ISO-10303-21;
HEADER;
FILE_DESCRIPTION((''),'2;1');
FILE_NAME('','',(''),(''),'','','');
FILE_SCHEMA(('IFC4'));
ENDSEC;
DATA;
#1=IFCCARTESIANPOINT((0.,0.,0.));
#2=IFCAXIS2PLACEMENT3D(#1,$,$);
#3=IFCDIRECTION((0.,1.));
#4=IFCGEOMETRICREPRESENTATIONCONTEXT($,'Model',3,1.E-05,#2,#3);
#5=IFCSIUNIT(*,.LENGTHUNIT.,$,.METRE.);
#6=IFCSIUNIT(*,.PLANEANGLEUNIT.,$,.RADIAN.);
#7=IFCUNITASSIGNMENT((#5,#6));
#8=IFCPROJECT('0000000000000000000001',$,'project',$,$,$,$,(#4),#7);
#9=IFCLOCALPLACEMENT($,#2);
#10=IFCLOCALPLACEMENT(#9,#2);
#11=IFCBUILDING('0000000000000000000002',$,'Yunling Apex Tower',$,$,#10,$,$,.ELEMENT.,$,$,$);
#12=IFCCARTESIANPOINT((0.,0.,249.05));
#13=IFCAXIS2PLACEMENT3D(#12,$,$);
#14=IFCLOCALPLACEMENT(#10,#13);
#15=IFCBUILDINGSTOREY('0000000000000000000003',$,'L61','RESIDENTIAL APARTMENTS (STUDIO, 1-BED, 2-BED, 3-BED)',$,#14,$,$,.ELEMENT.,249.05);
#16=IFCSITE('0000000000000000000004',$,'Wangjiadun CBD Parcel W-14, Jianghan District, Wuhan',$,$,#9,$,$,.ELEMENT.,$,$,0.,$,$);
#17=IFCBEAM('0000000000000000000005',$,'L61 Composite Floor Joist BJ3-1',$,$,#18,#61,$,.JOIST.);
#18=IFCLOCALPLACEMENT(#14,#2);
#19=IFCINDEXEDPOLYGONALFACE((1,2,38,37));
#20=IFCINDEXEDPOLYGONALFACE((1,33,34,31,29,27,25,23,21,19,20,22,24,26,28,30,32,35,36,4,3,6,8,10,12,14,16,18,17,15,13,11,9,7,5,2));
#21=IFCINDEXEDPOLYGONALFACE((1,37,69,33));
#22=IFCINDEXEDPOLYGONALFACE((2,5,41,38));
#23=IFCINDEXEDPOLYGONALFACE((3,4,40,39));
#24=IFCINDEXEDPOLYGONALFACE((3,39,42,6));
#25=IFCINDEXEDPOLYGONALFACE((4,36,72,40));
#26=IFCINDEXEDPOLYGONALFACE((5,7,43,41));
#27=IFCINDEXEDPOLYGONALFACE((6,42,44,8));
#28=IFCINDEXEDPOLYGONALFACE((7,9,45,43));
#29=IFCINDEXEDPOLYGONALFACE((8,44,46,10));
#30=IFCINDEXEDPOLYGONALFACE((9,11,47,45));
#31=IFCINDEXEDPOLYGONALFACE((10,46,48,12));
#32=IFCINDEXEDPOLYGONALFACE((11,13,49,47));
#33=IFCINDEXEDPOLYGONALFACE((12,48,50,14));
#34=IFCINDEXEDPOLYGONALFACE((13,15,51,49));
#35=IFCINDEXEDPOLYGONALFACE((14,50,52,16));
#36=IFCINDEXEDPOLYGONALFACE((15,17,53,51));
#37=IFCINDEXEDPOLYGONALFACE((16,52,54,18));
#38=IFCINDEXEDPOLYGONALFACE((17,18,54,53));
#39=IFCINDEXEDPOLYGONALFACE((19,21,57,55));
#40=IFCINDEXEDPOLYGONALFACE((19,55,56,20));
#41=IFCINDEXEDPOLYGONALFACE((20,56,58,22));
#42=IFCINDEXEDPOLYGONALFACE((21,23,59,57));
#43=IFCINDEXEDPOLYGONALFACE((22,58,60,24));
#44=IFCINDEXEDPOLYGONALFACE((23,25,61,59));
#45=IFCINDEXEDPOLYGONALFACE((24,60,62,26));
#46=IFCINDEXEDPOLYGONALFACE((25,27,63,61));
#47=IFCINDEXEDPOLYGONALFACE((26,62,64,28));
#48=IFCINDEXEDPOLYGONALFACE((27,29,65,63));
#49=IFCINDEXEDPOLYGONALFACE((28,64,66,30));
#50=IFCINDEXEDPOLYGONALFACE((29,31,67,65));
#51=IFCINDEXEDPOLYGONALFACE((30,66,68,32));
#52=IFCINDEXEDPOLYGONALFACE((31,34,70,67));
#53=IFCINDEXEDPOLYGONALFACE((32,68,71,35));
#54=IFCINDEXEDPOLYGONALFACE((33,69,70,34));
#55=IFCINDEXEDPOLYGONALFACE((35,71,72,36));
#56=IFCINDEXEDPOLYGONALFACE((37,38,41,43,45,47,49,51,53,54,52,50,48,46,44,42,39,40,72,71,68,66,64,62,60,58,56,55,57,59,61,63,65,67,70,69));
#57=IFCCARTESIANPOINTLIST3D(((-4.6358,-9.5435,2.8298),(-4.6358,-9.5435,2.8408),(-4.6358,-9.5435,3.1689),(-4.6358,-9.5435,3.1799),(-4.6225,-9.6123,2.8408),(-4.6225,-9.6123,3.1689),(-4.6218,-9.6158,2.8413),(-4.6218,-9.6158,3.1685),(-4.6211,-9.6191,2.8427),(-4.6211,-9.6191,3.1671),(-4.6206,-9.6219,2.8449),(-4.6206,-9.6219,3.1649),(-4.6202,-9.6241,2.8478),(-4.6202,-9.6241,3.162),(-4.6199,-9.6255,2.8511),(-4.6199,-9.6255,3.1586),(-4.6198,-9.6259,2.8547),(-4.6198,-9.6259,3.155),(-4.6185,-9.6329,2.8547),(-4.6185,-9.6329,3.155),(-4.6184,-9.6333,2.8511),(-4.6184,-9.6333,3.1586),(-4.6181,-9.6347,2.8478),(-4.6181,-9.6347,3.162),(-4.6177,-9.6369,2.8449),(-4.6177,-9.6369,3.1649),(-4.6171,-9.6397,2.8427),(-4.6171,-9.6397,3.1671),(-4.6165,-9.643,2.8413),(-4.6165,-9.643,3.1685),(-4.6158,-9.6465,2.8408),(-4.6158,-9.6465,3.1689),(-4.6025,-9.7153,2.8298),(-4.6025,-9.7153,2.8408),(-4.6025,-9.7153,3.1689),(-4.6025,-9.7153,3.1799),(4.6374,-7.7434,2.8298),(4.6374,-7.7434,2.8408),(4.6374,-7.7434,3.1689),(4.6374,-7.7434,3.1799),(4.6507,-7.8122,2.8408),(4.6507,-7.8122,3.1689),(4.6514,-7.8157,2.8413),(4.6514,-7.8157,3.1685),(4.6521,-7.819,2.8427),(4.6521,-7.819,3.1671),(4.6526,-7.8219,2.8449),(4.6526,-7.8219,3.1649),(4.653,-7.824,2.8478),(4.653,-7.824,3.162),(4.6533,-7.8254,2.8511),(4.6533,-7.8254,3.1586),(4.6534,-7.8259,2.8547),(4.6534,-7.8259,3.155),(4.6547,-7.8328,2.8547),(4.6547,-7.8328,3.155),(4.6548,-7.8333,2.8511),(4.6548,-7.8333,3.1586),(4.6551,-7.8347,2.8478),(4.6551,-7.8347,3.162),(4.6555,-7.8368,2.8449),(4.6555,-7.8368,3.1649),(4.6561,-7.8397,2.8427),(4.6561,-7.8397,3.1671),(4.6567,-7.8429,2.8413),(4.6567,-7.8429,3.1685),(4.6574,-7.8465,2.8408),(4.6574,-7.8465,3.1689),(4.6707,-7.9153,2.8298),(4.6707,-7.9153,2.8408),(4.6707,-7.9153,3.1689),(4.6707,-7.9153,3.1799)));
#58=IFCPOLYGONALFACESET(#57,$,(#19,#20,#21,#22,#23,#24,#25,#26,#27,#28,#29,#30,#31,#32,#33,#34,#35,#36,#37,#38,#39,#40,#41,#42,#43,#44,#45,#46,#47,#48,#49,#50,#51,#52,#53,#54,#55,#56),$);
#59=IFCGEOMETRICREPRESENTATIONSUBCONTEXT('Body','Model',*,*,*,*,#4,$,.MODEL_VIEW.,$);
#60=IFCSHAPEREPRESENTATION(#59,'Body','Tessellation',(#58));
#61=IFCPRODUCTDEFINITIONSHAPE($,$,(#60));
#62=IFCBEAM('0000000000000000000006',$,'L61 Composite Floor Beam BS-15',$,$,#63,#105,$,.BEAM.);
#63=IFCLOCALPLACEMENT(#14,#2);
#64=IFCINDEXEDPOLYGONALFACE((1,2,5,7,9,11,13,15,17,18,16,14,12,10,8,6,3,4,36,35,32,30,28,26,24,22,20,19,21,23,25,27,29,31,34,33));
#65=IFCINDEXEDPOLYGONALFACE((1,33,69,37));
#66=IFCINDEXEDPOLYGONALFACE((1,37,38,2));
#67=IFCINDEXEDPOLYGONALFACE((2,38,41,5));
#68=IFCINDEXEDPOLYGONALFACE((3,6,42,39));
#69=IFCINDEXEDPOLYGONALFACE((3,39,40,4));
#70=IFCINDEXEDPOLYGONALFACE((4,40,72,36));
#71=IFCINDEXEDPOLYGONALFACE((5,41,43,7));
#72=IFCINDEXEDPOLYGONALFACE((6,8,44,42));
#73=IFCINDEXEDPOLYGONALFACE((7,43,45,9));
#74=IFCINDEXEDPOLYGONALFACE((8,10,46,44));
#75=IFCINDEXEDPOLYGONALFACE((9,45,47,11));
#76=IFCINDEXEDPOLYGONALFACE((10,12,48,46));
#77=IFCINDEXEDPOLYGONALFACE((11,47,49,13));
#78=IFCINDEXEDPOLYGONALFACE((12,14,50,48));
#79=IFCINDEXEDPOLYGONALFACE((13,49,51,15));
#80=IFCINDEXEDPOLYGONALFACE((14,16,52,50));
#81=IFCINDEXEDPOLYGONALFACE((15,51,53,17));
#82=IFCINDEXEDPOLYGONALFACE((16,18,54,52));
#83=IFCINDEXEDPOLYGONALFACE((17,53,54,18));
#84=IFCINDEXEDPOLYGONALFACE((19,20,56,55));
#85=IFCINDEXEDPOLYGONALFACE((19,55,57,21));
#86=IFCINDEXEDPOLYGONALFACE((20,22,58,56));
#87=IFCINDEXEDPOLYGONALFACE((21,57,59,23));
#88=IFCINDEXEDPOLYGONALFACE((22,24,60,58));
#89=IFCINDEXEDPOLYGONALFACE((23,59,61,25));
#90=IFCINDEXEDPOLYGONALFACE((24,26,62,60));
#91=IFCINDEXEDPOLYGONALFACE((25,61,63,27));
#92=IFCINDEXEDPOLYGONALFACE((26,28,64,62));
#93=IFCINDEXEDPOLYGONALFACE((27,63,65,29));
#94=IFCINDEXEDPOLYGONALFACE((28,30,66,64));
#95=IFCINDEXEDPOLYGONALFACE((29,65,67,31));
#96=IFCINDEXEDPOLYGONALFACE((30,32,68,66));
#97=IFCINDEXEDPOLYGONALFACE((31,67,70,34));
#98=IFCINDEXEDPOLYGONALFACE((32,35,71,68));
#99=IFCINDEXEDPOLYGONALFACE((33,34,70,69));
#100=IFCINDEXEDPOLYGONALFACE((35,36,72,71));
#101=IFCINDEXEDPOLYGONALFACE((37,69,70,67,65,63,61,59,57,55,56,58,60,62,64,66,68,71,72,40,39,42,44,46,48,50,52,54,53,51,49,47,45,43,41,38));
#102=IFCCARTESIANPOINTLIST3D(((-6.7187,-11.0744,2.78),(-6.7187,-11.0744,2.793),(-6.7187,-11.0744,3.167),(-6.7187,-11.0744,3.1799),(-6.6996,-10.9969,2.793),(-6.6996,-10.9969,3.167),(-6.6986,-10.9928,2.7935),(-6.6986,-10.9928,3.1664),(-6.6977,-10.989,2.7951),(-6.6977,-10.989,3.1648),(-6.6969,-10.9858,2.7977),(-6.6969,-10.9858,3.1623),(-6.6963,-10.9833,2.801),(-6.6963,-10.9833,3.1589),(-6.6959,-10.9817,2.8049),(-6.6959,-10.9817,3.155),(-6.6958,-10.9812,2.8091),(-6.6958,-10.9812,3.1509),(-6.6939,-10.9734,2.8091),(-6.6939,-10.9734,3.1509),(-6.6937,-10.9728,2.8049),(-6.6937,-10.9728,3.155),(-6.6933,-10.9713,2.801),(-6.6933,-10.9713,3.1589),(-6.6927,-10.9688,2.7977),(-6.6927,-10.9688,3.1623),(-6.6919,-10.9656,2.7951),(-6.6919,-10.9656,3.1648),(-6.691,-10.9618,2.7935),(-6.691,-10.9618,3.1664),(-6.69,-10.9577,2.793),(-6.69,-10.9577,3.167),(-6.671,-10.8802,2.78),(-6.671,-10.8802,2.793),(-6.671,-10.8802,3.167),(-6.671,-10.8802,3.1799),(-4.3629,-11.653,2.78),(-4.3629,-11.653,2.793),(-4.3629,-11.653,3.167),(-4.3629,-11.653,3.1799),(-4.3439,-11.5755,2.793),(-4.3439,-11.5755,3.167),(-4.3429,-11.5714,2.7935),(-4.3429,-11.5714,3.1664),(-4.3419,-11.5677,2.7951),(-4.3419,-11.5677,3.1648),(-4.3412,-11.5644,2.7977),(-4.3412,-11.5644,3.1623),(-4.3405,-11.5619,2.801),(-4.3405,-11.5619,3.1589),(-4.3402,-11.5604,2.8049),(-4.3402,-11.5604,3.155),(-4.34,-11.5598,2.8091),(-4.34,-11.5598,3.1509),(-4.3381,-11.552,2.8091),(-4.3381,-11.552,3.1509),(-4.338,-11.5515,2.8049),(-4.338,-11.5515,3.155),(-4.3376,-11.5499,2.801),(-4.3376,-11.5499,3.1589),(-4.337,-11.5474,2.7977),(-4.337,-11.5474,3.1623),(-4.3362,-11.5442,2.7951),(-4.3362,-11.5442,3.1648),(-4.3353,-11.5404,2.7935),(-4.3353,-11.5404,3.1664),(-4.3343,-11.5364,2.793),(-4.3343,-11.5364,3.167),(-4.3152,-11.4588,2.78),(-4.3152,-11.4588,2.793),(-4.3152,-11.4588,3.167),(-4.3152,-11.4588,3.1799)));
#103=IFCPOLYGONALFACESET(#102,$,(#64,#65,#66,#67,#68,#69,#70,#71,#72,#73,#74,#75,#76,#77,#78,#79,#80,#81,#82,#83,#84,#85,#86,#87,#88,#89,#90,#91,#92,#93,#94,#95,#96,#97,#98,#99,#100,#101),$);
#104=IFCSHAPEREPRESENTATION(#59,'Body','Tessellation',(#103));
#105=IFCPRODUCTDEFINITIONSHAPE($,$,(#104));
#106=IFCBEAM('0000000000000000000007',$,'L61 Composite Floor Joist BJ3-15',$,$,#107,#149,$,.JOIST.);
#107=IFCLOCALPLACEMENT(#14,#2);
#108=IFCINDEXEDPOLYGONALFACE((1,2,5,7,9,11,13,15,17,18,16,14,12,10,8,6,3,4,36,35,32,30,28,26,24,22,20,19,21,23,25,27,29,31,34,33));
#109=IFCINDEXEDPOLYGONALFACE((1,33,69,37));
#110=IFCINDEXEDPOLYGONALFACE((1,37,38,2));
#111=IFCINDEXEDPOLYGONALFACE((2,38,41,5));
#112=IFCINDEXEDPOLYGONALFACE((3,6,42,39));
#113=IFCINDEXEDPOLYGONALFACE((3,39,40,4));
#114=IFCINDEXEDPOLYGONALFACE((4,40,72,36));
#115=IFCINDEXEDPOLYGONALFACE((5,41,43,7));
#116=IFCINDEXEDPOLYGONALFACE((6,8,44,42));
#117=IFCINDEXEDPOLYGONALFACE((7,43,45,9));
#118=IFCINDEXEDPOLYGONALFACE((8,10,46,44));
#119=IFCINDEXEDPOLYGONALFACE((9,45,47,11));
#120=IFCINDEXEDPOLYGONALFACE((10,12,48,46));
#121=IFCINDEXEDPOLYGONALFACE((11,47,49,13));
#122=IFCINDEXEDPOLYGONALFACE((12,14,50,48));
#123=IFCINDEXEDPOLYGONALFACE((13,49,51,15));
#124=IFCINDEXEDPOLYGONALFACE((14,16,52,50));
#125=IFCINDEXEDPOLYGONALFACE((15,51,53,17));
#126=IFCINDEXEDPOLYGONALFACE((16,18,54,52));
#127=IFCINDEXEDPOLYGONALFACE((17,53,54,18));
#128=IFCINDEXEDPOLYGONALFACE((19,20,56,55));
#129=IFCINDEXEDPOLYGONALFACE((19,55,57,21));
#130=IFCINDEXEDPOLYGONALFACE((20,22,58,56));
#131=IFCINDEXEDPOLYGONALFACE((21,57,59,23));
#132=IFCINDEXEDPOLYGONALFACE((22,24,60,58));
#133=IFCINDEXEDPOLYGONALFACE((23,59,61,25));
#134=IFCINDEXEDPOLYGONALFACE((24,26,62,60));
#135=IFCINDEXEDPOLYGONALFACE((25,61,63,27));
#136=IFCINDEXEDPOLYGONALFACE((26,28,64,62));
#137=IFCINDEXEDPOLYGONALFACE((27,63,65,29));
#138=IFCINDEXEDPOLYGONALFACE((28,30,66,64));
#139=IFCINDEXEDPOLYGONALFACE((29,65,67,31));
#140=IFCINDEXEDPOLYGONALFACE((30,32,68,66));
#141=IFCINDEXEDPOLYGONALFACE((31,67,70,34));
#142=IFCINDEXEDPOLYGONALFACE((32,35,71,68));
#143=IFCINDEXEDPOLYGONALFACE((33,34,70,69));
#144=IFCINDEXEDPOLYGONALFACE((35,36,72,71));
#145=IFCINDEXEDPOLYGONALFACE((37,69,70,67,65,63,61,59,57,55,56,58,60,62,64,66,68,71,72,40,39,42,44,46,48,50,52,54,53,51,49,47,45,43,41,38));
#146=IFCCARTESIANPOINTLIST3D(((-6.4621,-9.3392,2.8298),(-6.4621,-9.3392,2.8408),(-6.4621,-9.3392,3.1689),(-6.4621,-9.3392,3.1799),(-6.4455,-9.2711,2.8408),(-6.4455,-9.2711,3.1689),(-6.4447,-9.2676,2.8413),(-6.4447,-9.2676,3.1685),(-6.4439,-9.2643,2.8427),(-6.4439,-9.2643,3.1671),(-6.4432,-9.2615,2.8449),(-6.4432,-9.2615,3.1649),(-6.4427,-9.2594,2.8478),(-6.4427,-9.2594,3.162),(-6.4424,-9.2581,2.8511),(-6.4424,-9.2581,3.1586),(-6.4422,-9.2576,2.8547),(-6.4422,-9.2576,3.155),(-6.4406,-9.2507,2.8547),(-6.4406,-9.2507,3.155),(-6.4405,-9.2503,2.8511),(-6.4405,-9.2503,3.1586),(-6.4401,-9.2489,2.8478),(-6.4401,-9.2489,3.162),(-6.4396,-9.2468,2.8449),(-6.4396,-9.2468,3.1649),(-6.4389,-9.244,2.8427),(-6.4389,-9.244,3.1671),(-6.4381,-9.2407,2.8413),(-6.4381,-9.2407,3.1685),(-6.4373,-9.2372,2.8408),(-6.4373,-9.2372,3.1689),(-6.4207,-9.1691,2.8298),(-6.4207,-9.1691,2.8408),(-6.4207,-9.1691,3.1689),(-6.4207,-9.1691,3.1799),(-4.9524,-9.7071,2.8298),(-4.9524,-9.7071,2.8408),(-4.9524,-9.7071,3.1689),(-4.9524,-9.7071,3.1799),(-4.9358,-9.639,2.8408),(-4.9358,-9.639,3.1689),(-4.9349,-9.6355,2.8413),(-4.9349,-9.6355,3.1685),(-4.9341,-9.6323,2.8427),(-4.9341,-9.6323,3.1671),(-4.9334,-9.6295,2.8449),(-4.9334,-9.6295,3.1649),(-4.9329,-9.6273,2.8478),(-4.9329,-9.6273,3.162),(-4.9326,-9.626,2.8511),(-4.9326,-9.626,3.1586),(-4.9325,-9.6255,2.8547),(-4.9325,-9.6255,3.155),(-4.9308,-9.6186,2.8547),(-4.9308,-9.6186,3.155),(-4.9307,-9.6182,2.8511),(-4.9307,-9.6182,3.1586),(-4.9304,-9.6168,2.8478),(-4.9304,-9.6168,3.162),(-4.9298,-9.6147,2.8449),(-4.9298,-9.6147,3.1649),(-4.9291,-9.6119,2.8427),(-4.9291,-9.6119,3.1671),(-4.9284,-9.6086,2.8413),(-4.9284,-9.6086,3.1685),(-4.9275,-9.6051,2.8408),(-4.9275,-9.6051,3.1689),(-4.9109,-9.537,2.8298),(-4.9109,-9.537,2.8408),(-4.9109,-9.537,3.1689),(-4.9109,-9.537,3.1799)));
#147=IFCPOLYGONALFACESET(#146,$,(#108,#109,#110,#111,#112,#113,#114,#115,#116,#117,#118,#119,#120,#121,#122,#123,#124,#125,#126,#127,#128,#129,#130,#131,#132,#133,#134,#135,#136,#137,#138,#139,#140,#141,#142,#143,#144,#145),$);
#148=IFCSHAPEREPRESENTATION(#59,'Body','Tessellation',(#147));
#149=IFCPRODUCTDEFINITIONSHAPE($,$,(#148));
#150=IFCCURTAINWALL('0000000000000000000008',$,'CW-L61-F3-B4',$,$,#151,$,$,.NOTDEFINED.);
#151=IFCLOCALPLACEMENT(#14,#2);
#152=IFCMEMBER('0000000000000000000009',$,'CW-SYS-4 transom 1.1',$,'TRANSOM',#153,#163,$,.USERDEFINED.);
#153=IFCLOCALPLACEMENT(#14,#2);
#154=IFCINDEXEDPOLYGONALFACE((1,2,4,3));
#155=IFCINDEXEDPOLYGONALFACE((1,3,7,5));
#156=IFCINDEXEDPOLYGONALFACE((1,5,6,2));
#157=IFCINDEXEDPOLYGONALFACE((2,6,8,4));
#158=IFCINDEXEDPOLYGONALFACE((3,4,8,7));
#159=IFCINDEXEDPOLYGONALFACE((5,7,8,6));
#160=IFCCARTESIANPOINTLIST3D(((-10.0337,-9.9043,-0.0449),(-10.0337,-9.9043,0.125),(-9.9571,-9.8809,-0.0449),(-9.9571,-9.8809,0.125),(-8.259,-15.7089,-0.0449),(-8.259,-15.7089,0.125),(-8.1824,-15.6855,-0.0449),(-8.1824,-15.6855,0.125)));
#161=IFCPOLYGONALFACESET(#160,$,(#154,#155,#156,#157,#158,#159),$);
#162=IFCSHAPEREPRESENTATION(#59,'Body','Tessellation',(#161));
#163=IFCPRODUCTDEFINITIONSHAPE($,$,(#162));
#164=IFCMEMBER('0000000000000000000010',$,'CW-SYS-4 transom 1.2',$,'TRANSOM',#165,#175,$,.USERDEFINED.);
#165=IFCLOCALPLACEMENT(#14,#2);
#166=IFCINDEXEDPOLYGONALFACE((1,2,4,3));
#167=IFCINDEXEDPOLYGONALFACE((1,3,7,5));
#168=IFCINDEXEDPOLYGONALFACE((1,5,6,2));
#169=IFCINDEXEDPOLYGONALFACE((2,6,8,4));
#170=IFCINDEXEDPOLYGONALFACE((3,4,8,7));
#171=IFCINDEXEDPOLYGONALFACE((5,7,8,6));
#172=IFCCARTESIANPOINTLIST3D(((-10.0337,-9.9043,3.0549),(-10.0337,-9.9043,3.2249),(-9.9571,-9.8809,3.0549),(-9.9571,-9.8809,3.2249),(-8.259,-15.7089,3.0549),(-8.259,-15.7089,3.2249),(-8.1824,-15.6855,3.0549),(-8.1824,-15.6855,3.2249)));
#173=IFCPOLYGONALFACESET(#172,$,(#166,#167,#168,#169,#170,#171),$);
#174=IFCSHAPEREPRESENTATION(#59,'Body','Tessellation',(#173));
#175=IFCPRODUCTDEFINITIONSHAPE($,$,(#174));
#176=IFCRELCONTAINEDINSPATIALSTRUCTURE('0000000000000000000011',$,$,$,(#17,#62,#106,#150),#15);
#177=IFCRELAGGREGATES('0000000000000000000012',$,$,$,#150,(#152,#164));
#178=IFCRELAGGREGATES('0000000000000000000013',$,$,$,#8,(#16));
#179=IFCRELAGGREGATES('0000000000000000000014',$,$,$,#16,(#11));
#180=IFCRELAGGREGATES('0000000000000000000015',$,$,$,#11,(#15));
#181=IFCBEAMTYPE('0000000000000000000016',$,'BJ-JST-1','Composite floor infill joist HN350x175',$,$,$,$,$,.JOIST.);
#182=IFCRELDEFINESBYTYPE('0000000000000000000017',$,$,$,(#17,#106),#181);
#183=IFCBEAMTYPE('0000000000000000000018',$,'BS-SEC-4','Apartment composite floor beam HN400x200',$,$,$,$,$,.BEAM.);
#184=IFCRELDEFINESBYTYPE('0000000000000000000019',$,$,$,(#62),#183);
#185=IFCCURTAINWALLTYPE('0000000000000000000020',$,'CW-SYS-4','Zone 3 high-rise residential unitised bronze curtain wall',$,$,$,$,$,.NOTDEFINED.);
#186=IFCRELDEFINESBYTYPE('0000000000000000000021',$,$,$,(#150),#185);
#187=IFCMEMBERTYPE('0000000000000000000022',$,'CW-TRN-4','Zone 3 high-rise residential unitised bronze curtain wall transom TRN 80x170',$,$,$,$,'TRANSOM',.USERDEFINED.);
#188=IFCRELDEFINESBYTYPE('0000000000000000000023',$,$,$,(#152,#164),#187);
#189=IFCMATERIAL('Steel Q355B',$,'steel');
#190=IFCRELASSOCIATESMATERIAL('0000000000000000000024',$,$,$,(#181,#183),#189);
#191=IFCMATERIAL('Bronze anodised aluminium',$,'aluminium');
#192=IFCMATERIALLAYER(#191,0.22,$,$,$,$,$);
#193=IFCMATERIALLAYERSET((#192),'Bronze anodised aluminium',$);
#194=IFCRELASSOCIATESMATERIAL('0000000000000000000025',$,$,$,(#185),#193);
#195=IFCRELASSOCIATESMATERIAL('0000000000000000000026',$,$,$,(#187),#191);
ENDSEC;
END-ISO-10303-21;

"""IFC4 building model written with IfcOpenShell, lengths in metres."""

from ifc_helpers import new_model, si_unit, direction, frame, origin, origin_2d, place, context, subcontext, project, spatial, rectangle, i_section, extrude, source, transform, mapped, material, layer, layer_set, material_profile, profile_set, type_object, element, aggregate, save


model = new_model("IFC4")

# Units and contexts
model_context = context("Model", 3, precision=1e-05, world=origin(), true_north=direction((0.0, 1.0)))
body_context = subcontext(model_context, "Body", "Model", "MODEL_VIEW")
ifc_project = project(units=[si_unit("LENGTHUNIT", "METRE"), si_unit("PLANEANGLEUNIT", "RADIAN")], contexts=[model_context])

# Site, building, storey
site_placement = place(None, origin())
site = spatial("IfcSite", under=ifc_project, at=site_placement, Name="Wangjiadun CBD Parcel W-14, Jianghan District, Wuhan", CompositionType="ELEMENT", RefElevation=0.0)
building_placement = place(site_placement, origin())
building = spatial("IfcBuilding", under=site, at=building_placement, Name="Yunling Apex Tower", CompositionType="ELEMENT")
storey_placement = place(building_placement, frame((0.0, 0.0, 249.05)))
storey = spatial("IfcBuildingStorey", under=building, at=storey_placement, Name="L61", Description="RESIDENTIAL APARTMENTS (STUDIO, 1-BED, 2-BED, 3-BED)", CompositionType="ELEMENT", Elevation=249.05)

# Beams
ifc_material_1 = material(Name="Steel Q355B", Category="steel")
ifc_material_profile_1 = material_profile(ifc_material_1, i_section(OverallWidth=0.175, OverallDepth=0.3501, WebThickness=0.0071, FlangeThickness=0.011, FilletRadius=0.0139, at=origin_2d()))
ifc_profile_set_1 = profile_set([ifc_material_profile_1], Name="Steel Q355B")
beam_type_1 = type_object("IfcBeamType", Name="BJ-JST-1", Description="Composite floor infill joist HN350x175", PredefinedType="JOIST", material=ifc_profile_set_1)
shared_shape_1 = source(origin(), body_context, "Body", "SweptSolid", [
    extrude(i_section(OverallWidth=0.175, OverallDepth=0.3501, WebThickness=0.0071, FlangeThickness=0.011, FilletRadius=0.0139, at=origin_2d()), origin(), (0.0, 0.0, 1.0), 9.4463),
])
beam_1_placement = place(storey_placement, frame((-4.6191, -9.6294, 3.0049), z_axis=(0.981676, 0.190556, 0.0), x_axis=(-0.190556, 0.981676, 0.0)))
element("IfcBeam", 1, at=beam_1_placement, inside=storey, type_object=beam_type_1, Name="L61 Composite Floor Joist BJ3-1", PredefinedType="JOIST", context=body_context, shape_type="MappedRepresentation", body=[
    mapped(shared_shape_1, transform((0.0, 0.0, 0.0), scale=1.0)),
])
ifc_material_profile_2 = material_profile(ifc_material_1, i_section(OverallWidth=0.2, OverallDepth=0.3999, WebThickness=0.0081, FlangeThickness=0.0129, FilletRadius=0.0161, at=origin_2d()))
ifc_profile_set_2 = profile_set([ifc_material_profile_2], Name="Steel Q355B")
beam_type_2 = type_object("IfcBeamType", Name="BS-SEC-4", Description="Apartment composite floor beam HN400x200", PredefinedType="BEAM", material=ifc_profile_set_2)
shared_shape_2 = source(origin(), body_context, "Body", "SweptSolid", [
    extrude(i_section(OverallWidth=0.2, OverallDepth=0.3999, WebThickness=0.0081, FlangeThickness=0.0129, FilletRadius=0.0161, at=origin_2d()), origin(), (0.0, 0.0, 1.0), 2.4258),
])
beam_2_placement = place(storey_placement, frame((-6.6948, -10.9773, 2.98), z_axis=(0.971135, -0.238531, 0.0), x_axis=(0.238531, 0.971135, 0.0)))
element("IfcBeam", 2, at=beam_2_placement, inside=storey, type_object=beam_type_2, Name="L61 Composite Floor Beam BS-15", PredefinedType="BEAM", context=body_context, shape_type="MappedRepresentation", body=[
    mapped(shared_shape_2, transform((0.0, 0.0, 0.0), scale=1.0)),
])
shared_shape_3 = source(origin(), body_context, "Body", "SweptSolid", [
    extrude(i_section(OverallWidth=0.175, OverallDepth=0.3501, WebThickness=0.0071, FlangeThickness=0.011, FilletRadius=0.0139, at=origin_2d()), origin(), (0.0, 0.0, 1.0), 1.554),
])
beam_3_placement = place(storey_placement, frame((-6.4414, -9.2542, 3.0049), z_axis=(0.971567, -0.236764, 0.0), x_axis=(0.236764, 0.971567, 0.0)))
element("IfcBeam", 3, at=beam_3_placement, inside=storey, type_object=beam_type_1, Name="L61 Composite Floor Joist BJ3-15", PredefinedType="JOIST", context=body_context, shape_type="MappedRepresentation", body=[
    mapped(shared_shape_3, transform((0.0, 0.0, 0.0), scale=1.0)),
])

# Curtain wall, members
ifc_material_2 = material(Name="Bronze anodised aluminium", Category="aluminium")
ifc_layer_1 = layer(ifc_material_2, 0.22)
ifc_layer_set_1 = layer_set([ifc_layer_1], Name="Bronze anodised aluminium")
curtain_wall_type = type_object("IfcCurtainWallType", Name="CW-SYS-4", Description="Zone 3 high-rise residential unitised bronze curtain wall", PredefinedType="NOTDEFINED", material=ifc_layer_set_1)
curtain_wall_1_placement = place(storey_placement, origin())
curtain_wall_1 = element("IfcCurtainWall", 4, at=curtain_wall_1_placement, inside=storey, type_object=curtain_wall_type, Name="CW-L61-F3-B4", PredefinedType="NOTDEFINED")
ifc_material_profile_3 = material_profile(ifc_material_2, rectangle(XDim=0.0801, YDim=0.1699, at=origin_2d()))
ifc_profile_set_3 = profile_set([ifc_material_profile_3], Name="Bronze anodised aluminium")
member_type_1 = type_object("IfcMemberType", Name="CW-TRN-4", Description="Zone 3 high-rise residential unitised bronze curtain wall transom TRN 80x170", ElementType="TRANSOM", PredefinedType="USERDEFINED", material=ifc_profile_set_3)
shared_shape_4 = source(origin(), body_context, "Body", "SweptSolid", [
    extrude(rectangle(XDim=0.0801, YDim=0.1699, at=origin_2d()), origin(), (0.0, 0.0, 1.0), 6.0698),
])
member_1_placement = place(storey_placement, frame((-9.9954, -9.8926, 0.04), z_axis=(0.29237, -0.956305, 0.0), x_axis=(0.956305, 0.29237, 0.0)))
member_1 = element("IfcMember", 5, at=member_1_placement, type_object=member_type_1, Name="CW-SYS-4 transom 1.1", ObjectType="TRANSOM", PredefinedType="USERDEFINED", context=body_context, shape_type="MappedRepresentation", body=[
    mapped(shared_shape_4, transform((0.0, 0.0, 0.0), scale=1.0)),
])
member_2_placement = place(storey_placement, frame((-9.9954, -9.8926, 3.1399), z_axis=(0.29237, -0.956305, 0.0), x_axis=(0.956305, 0.29237, 0.0)))
member_2 = element("IfcMember", 6, at=member_2_placement, type_object=member_type_1, Name="CW-SYS-4 transom 1.2", ObjectType="TRANSOM", PredefinedType="USERDEFINED", context=body_context, shape_type="MappedRepresentation", body=[
    mapped(shared_shape_4, transform((0.0, 0.0, 0.0), scale=1.0)),
])

aggregate(curtain_wall_1, [member_1, member_2])

save(model, "model.ifc")
